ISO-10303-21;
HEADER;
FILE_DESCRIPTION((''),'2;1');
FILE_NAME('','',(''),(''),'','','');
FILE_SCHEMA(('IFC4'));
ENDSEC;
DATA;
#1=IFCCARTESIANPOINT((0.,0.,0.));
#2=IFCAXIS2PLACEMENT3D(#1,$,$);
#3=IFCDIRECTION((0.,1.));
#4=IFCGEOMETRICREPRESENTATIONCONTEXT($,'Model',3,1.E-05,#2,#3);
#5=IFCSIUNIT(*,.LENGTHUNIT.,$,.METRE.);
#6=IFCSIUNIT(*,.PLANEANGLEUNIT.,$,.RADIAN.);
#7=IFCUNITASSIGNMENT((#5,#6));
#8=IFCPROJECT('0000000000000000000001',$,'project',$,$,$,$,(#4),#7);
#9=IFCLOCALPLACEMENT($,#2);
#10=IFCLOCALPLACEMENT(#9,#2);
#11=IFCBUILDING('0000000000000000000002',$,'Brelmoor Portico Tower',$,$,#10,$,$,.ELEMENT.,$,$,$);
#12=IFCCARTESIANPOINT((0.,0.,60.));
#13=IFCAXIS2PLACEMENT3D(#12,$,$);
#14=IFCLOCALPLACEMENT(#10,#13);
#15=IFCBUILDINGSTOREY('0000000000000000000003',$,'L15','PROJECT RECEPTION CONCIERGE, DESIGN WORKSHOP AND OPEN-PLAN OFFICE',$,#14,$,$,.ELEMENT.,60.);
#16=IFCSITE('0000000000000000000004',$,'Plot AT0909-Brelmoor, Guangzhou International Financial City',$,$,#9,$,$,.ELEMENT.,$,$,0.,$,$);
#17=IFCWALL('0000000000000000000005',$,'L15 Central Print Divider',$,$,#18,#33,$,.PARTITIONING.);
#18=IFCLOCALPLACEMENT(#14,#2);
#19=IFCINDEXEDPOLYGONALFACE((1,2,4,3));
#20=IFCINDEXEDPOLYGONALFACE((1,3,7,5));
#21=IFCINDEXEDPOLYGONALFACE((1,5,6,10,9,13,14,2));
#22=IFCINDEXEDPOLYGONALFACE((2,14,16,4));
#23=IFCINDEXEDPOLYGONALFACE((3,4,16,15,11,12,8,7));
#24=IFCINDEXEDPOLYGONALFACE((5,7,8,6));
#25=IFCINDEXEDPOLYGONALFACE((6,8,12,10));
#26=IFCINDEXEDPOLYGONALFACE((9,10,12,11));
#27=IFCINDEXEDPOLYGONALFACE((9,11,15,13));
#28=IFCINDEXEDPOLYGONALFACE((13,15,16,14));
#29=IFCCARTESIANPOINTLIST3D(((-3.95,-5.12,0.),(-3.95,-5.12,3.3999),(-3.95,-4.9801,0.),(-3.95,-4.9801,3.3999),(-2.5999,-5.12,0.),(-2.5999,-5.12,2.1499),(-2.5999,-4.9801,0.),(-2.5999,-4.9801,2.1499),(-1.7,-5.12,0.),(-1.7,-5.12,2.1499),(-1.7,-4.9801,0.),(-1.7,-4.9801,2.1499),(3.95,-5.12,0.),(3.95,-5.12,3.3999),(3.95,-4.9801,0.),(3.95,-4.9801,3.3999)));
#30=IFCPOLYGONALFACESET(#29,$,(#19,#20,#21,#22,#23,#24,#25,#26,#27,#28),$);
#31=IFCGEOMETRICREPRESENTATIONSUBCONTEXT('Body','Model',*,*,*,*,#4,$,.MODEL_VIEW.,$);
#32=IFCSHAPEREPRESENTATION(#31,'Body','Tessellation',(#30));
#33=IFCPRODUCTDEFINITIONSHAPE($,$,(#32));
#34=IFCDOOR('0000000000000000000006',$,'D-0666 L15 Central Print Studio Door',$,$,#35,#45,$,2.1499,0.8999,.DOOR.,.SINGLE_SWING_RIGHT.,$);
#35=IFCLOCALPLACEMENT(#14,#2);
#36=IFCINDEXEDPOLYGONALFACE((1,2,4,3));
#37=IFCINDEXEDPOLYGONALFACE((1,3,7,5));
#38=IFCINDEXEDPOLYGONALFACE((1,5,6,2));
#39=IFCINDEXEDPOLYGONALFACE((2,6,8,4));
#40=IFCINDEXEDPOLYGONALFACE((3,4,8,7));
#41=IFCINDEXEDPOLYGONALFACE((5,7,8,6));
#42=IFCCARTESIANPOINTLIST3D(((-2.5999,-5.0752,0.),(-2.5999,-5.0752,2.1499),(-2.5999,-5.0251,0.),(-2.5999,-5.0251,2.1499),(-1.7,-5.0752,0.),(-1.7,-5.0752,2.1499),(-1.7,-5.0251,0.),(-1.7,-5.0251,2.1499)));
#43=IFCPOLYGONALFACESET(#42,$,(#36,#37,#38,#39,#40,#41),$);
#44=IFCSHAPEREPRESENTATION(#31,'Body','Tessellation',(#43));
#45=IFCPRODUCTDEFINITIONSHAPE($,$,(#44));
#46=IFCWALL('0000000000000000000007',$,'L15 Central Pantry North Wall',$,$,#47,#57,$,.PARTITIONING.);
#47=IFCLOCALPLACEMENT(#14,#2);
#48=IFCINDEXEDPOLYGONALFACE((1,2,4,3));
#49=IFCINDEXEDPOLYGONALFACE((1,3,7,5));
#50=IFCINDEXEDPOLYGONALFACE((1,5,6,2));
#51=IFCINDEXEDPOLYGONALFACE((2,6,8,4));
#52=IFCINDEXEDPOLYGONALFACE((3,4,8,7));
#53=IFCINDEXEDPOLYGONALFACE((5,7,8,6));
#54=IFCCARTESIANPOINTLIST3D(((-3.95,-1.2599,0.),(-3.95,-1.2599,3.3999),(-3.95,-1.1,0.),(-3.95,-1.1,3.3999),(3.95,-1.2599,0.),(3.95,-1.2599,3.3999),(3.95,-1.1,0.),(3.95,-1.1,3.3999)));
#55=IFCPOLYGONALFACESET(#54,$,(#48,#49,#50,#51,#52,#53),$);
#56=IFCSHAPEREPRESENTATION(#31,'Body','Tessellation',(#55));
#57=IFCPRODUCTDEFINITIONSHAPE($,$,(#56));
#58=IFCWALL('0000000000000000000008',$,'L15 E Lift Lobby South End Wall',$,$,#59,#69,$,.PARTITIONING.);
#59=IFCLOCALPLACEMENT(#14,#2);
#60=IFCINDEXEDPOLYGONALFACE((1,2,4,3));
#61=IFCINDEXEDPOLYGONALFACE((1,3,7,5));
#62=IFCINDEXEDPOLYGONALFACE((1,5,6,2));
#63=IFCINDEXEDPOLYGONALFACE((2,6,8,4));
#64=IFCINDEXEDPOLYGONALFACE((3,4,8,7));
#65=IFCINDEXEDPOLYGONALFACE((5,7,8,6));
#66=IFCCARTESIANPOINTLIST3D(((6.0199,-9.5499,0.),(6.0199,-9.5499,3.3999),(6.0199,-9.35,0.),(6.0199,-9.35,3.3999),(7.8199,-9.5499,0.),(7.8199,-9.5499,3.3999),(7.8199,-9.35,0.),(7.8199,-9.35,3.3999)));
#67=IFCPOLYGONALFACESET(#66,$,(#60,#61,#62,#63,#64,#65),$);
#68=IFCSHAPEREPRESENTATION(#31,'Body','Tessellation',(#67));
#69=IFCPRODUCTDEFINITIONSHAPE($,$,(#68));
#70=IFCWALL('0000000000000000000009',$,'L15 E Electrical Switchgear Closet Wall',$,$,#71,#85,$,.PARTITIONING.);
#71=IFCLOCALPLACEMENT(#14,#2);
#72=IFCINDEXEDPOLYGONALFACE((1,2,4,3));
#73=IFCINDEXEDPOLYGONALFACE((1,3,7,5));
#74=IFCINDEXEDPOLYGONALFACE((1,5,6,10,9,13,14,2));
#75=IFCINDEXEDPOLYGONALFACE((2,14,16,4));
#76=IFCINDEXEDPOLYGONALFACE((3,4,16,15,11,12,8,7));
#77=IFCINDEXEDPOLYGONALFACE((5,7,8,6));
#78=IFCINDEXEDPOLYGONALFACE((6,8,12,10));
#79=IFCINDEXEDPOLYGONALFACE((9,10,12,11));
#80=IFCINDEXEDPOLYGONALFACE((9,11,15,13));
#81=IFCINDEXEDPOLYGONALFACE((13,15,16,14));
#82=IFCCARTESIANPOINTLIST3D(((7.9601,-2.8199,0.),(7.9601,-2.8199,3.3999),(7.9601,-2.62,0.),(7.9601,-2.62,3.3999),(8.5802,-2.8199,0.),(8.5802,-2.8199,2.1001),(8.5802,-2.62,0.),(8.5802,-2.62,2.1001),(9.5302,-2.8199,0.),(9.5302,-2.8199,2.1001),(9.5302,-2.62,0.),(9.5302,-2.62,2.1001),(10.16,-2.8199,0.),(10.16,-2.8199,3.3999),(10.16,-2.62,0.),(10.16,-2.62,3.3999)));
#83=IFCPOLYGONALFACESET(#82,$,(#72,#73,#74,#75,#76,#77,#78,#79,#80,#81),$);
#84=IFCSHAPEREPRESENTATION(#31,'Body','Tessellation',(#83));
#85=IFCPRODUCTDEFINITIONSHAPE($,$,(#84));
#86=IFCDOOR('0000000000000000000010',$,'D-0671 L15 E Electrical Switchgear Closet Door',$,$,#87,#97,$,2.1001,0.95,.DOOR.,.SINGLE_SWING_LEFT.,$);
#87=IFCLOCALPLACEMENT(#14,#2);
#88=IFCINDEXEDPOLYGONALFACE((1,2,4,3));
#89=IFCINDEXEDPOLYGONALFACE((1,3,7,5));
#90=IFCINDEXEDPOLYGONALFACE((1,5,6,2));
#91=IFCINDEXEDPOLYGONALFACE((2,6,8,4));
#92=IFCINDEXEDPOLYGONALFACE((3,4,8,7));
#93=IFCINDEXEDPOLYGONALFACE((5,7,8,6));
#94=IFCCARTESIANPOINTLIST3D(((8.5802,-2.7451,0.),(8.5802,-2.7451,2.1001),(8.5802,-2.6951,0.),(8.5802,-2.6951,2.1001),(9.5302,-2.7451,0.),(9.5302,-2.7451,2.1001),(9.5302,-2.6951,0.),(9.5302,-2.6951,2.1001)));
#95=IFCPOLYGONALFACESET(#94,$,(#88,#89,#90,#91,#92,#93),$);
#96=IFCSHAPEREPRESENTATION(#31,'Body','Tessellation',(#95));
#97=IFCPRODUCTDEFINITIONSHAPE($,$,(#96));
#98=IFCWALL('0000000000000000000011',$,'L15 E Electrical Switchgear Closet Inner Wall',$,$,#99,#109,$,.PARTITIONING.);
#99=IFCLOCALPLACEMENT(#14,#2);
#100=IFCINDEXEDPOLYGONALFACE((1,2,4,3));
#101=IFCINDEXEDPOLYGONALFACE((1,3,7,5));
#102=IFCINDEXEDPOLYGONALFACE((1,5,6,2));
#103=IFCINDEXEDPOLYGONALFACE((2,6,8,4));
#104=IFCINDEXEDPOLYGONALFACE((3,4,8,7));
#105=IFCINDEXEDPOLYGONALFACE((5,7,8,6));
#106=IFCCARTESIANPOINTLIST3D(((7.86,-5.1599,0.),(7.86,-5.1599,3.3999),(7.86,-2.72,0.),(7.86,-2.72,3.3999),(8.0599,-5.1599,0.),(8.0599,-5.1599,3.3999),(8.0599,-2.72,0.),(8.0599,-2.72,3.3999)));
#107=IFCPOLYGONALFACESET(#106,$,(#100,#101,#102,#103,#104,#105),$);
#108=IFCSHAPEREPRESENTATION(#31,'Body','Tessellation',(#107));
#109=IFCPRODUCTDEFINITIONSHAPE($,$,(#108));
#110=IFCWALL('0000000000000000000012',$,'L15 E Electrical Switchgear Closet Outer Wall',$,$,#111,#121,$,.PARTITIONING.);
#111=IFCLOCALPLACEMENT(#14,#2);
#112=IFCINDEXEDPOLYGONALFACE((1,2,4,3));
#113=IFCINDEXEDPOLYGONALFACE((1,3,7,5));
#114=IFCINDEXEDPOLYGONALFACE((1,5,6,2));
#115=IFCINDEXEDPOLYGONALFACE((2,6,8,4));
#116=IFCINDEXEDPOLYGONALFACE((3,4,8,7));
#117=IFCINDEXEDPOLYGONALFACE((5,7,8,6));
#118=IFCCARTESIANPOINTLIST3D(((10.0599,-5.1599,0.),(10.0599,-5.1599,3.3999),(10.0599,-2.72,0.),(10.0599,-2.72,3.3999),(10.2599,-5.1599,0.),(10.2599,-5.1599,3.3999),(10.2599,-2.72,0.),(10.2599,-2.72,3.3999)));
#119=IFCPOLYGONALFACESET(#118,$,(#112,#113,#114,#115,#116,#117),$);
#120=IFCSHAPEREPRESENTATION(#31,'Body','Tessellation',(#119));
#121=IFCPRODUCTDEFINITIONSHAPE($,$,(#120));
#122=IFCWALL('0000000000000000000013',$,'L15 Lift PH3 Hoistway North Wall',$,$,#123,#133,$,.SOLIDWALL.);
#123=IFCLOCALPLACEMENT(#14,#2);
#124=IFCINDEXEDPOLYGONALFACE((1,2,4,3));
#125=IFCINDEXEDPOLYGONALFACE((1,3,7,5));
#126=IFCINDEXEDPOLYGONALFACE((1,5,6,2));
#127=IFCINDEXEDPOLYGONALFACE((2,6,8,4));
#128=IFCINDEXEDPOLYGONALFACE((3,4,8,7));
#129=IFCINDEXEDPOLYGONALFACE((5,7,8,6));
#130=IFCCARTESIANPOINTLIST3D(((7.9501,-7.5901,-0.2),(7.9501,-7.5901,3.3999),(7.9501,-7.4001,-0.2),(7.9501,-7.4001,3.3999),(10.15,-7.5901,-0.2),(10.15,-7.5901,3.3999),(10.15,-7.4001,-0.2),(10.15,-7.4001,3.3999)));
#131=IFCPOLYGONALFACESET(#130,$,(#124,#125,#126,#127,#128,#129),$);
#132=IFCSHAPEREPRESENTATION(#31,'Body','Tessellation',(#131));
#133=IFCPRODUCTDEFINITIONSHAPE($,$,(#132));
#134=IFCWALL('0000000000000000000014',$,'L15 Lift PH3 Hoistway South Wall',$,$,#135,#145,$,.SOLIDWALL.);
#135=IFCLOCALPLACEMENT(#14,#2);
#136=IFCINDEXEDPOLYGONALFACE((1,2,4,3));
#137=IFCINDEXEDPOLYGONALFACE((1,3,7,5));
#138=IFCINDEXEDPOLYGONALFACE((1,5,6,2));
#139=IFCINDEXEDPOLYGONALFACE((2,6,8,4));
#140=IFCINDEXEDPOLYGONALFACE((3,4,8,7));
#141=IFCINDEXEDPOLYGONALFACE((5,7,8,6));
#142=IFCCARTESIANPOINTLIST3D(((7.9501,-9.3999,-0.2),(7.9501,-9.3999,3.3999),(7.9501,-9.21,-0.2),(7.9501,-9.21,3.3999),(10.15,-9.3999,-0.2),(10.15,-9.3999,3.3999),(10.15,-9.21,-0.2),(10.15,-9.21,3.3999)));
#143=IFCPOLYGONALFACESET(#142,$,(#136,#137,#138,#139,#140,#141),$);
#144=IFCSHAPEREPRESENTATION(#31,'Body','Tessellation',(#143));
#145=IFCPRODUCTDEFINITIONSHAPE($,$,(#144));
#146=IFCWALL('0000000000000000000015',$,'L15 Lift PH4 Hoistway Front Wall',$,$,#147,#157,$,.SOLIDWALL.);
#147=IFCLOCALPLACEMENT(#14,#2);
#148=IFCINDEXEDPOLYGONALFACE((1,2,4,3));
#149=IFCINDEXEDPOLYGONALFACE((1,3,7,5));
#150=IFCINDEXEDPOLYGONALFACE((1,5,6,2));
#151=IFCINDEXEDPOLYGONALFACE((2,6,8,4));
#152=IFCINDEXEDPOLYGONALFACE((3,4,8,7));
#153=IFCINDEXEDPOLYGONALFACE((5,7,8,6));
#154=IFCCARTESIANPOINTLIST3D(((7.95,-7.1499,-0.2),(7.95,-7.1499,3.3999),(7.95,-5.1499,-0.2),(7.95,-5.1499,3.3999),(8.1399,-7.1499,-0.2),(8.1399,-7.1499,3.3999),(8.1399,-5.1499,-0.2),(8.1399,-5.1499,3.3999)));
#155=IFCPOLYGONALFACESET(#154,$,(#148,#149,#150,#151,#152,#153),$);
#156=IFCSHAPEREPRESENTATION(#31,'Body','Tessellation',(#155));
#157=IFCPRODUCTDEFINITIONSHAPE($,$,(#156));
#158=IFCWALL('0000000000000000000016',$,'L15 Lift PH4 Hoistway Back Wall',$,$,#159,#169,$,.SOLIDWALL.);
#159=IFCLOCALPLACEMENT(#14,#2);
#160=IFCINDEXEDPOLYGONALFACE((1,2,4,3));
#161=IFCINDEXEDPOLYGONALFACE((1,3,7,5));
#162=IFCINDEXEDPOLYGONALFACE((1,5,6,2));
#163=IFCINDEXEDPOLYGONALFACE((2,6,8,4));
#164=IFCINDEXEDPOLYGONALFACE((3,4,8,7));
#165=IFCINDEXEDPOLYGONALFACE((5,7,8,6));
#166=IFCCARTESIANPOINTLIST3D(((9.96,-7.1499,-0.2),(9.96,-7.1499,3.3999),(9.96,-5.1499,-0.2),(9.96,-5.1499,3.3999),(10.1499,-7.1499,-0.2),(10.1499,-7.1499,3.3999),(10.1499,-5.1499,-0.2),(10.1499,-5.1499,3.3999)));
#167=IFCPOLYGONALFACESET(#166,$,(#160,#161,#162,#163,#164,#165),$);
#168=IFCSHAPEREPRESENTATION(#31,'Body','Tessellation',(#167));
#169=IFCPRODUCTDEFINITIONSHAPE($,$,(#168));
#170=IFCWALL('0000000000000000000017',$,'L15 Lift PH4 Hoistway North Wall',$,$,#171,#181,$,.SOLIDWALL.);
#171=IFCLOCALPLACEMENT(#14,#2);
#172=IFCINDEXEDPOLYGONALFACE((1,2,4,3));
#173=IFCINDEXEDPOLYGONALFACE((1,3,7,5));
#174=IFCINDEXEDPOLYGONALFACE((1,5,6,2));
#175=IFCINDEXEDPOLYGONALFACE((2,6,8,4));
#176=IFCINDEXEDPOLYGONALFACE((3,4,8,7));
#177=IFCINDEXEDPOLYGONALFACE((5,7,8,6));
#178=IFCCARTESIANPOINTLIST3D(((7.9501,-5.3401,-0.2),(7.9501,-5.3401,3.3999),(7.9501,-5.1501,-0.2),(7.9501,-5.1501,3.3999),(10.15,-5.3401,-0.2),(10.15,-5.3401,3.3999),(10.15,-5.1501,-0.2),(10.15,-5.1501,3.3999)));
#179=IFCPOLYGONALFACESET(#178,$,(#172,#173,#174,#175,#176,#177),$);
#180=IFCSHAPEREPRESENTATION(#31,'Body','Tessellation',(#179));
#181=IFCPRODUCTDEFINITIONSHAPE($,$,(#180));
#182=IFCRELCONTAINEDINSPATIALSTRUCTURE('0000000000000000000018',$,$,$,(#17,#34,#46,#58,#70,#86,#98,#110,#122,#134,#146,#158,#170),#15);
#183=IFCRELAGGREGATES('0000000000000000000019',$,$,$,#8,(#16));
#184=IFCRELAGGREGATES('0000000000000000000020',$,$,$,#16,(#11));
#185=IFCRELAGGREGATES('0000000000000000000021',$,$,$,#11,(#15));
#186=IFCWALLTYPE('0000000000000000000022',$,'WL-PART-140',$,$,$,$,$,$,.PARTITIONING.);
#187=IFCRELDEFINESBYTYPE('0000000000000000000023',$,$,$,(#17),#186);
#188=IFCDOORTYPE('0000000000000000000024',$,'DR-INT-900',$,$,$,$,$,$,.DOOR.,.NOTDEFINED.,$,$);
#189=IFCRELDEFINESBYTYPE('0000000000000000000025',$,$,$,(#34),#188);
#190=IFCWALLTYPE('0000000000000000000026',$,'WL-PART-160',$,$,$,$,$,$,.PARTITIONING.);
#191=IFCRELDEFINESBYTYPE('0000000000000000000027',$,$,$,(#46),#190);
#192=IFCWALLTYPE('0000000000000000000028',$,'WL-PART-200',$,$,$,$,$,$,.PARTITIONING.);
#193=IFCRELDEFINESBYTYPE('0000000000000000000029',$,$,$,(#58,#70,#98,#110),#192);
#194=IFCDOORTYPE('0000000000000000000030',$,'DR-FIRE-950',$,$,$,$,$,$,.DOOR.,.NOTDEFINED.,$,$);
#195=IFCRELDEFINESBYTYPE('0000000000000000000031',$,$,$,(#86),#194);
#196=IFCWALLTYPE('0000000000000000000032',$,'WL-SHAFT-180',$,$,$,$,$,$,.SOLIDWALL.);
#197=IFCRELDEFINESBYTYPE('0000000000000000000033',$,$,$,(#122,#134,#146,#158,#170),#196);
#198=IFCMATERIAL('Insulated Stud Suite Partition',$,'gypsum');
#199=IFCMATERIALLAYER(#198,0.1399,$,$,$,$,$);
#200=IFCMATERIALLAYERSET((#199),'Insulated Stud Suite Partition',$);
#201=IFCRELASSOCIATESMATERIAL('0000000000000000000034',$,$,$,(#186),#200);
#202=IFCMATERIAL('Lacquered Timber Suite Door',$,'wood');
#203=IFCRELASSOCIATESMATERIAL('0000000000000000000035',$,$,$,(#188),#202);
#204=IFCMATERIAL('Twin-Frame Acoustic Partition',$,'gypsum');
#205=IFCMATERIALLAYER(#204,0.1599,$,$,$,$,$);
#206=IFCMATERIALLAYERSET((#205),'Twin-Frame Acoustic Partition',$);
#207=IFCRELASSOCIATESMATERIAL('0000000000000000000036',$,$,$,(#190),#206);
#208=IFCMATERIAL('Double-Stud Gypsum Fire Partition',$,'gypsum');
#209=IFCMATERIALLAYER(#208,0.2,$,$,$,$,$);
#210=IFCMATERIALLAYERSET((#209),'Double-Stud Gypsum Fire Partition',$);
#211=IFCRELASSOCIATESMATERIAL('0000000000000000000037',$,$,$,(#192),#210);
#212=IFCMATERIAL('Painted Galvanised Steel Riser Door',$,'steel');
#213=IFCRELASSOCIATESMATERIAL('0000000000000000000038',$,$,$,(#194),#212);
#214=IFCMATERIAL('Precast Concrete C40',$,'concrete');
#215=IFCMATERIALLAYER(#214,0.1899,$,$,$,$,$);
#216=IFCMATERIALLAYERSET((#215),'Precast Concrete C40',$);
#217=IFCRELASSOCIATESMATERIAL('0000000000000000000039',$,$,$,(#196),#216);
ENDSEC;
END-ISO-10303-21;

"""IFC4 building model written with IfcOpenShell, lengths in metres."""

from ifc_helpers import new_model, si_unit, direction, frame, frame_2d, origin, place, context, subcontext, project, spatial, rectangle, extrude, material, layer, layer_set, type_object, element, fill, save


model = new_model("IFC4")

# Units and contexts
model_context = context("Model", 3, precision=1e-05, world=origin(), true_north=direction((0.0, 1.0)))
body_context = subcontext(model_context, "Body", "Model", "MODEL_VIEW")
ifc_project = project(units=[si_unit("LENGTHUNIT", "METRE"), si_unit("PLANEANGLEUNIT", "RADIAN")], contexts=[model_context])

# Site, building, storey
site_placement = place(None, origin())
site = spatial("IfcSite", under=ifc_project, at=site_placement, Name="Plot AT0909-Brelmoor, Guangzhou International Financial City", CompositionType="ELEMENT", RefElevation=0.0)
building_placement = place(site_placement, origin())
building = spatial("IfcBuilding", under=site, at=building_placement, Name="Brelmoor Portico Tower", CompositionType="ELEMENT")
storey_placement = place(building_placement, frame((0.0, 0.0, 60.0)))
storey = spatial("IfcBuildingStorey", under=building, at=storey_placement, Name="L15", Description="PROJECT RECEPTION CONCIERGE, DESIGN WORKSHOP AND OPEN-PLAN OFFICE", CompositionType="ELEMENT", Elevation=60.0)

# Wall, opening, door
ifc_material_1 = material(Name="Insulated Stud Suite Partition", Category="gypsum")
ifc_layer_1 = layer(ifc_material_1, 0.1399)
ifc_layer_set_1 = layer_set([ifc_layer_1], Name="Insulated Stud Suite Partition")
wall_type_1 = type_object("IfcWallType", Name="WL-PART-140", PredefinedType="PARTITIONING", material=ifc_layer_set_1)
wall_1_placement = place(storey_placement, frame((-3.95, -5.05, 0.0), z_axis=(0.0, 0.0, 1.0), x_axis=(1.0, 0.0, 0.0)))
wall_1 = element("IfcWall", 1, at=wall_1_placement, inside=storey, type_object=wall_type_1, Name="L15 Central Print Divider", PredefinedType="PARTITIONING", context=body_context, shape_type="SweptSolid", body=[
    extrude(rectangle(XDim=7.8999, YDim=0.1399, at=frame_2d((3.95, 0.0))), origin(), (0.0, 0.0, 1.0), 3.3999),
])
opening_1_placement = place(wall_1_placement, frame((1.3501, 0.0, 0.0)))
opening_1 = element("IfcOpeningElement", 2, at=opening_1_placement, cuts=wall_1, PredefinedType="OPENING", context=body_context, shape_type="SweptSolid", body=[
    extrude(rectangle(XDim=0.8999, YDim=2.1499, at=frame_2d((0.45, 1.075))), frame((0.0, 0.0798, 0.0), z_axis=(0.0, -1.0, 0.0), x_axis=(1.0, 0.0, 0.0)), (0.0, 0.0, 1.0), 0.1599),
])
ifc_material_2 = material(Name="Lacquered Timber Suite Door", Category="wood")
door_type_1 = type_object("IfcDoorType", Name="DR-INT-900", OperationType="NOTDEFINED", PredefinedType="DOOR", material=ifc_material_2)
door_1_placement = place(opening_1_placement, origin())
door_1 = element("IfcDoor", 3, at=door_1_placement, inside=storey, type_object=door_type_1, Name="D-0666 L15 Central Print Studio Door", OperationType="SINGLE_SWING_RIGHT", OverallHeight=2.1499, OverallWidth=0.8999, PredefinedType="DOOR", context=body_context, shape_type="SweptSolid", body=[
    extrude(rectangle(XDim=0.8999, YDim=2.1499, at=frame_2d((0.45, 1.075))), frame((0.0, 0.0249, 0.0), z_axis=(0.0, -1.0, 0.0), x_axis=(1.0, 0.0, 0.0)), (0.0, 0.0, 1.0), 0.05),
])
fill(opening_1, door_1)

# Walls
ifc_material_3 = material(Name="Twin-Frame Acoustic Partition", Category="gypsum")
ifc_layer_2 = layer(ifc_material_3, 0.1599)
ifc_layer_set_2 = layer_set([ifc_layer_2], Name="Twin-Frame Acoustic Partition")
wall_type_2 = type_object("IfcWallType", Name="WL-PART-160", PredefinedType="PARTITIONING", material=ifc_layer_set_2)
wall_2_placement = place(storey_placement, frame((-3.95, -1.1799, 0.0), z_axis=(0.0, 0.0, 1.0), x_axis=(1.0, 0.0, 0.0)))
element("IfcWall", 4, at=wall_2_placement, inside=storey, type_object=wall_type_2, Name="L15 Central Pantry North Wall", PredefinedType="PARTITIONING", context=body_context, shape_type="SweptSolid", body=[
    extrude(rectangle(XDim=7.8999, YDim=0.1599, at=frame_2d((3.95, 0.0))), origin(), (0.0, 0.0, 1.0), 3.3999),
])
ifc_material_4 = material(Name="Double-Stud Gypsum Fire Partition", Category="gypsum")
ifc_layer_3 = layer(ifc_material_4, 0.2)
ifc_layer_set_3 = layer_set([ifc_layer_3], Name="Double-Stud Gypsum Fire Partition")
wall_type_3 = type_object("IfcWallType", Name="WL-PART-200", PredefinedType="PARTITIONING", material=ifc_layer_set_3)
wall_3_placement = place(storey_placement, frame((6.02, -9.45, 0.0), z_axis=(0.0, 0.0, 1.0), x_axis=(1.0, 0.0, 0.0)))
element("IfcWall", 5, at=wall_3_placement, inside=storey, type_object=wall_type_3, Name="L15 E Lift Lobby South End Wall", PredefinedType="PARTITIONING", context=body_context, shape_type="SweptSolid", body=[
    extrude(rectangle(XDim=1.8, YDim=0.2, at=frame_2d((0.8999, 0.0))), origin(), (0.0, 0.0, 1.0), 3.3999),
])

# Wall, opening, door
wall_4_placement = place(storey_placement, frame((7.96, -2.72, 0.0), z_axis=(0.0, 0.0, 1.0), x_axis=(1.0, 0.0, 0.0)))
wall_4 = element("IfcWall", 6, at=wall_4_placement, inside=storey, type_object=wall_type_3, Name="L15 E Electrical Switchgear Closet Wall", PredefinedType="PARTITIONING", context=body_context, shape_type="SweptSolid", body=[
    extrude(rectangle(XDim=2.2, YDim=0.2, at=frame_2d((1.1001, 0.0))), origin(), (0.0, 0.0, 1.0), 3.3999),
])
opening_2_placement = place(wall_4_placement, frame((0.6201, 0.0, 0.0)))
opening_2 = element("IfcOpeningElement", 7, at=opening_2_placement, cuts=wall_4, PredefinedType="OPENING", context=body_context, shape_type="SweptSolid", body=[
    extrude(rectangle(XDim=0.95, YDim=2.1001, at=frame_2d((0.4751, 1.05))), frame((0.0, 0.1099, 0.0), z_axis=(0.0, -1.0, 0.0), x_axis=(1.0, 0.0, 0.0)), (0.0, 0.0, 1.0), 0.22),
])
ifc_material_5 = material(Name="Painted Galvanised Steel Riser Door", Category="steel")
door_type_2 = type_object("IfcDoorType", Name="DR-FIRE-950", OperationType="NOTDEFINED", PredefinedType="DOOR", material=ifc_material_5)
door_2_placement = place(opening_2_placement, origin())
door_2 = element("IfcDoor", 8, at=door_2_placement, inside=storey, type_object=door_type_2, Name="D-0671 L15 E Electrical Switchgear Closet Door", OperationType="SINGLE_SWING_LEFT", OverallHeight=2.1001, OverallWidth=0.95, PredefinedType="DOOR", context=body_context, shape_type="SweptSolid", body=[
    extrude(rectangle(XDim=0.95, YDim=2.1001, at=frame_2d((0.4751, 1.05))), frame((0.0, 0.0249, 0.0), z_axis=(0.0, -1.0, 0.0), x_axis=(1.0, 0.0, 0.0)), (0.0, 0.0, 1.0), 0.05),
])
fill(opening_2, door_2)

# Walls
for number, where, z_axis, x_axis, name in (
    (9, (7.96, -5.1599, 0.0), (0.0, 0.0, 1.0), (0.0, 1.0, 0.0), "L15 E Electrical Switchgear Closet Inner Wall"),
    (10, (10.1599, -5.1599, 0.0), (0.0, 0.0, 1.0), (0.0, 1.0, 0.0), "L15 E Electrical Switchgear Closet Outer Wall"),
):
    element("IfcWall", number, at=place(storey_placement, frame(where, z_axis=z_axis, x_axis=x_axis)), inside=storey, type_object=wall_type_3, Name=name, PredefinedType="PARTITIONING", context=body_context, shape_type="SweptSolid", body=[
        extrude(rectangle(XDim=2.4399, YDim=0.2, at=frame_2d((1.22, 0.0))), origin(), (0.0, 0.0, 1.0), 3.3999),
    ])
ifc_material_6 = material(Name="Precast Concrete C40", Category="concrete")
ifc_layer_4 = layer(ifc_material_6, 0.1899)
ifc_layer_set_4 = layer_set([ifc_layer_4], Name="Precast Concrete C40")
wall_type_4 = type_object("IfcWallType", Name="WL-SHAFT-180", PredefinedType="SOLIDWALL", material=ifc_layer_set_4)
for number, where, z_axis, x_axis, name in (
    (11, (7.95, -7.4951, -0.2), (0.0, 0.0, 1.0), (1.0, 0.0, 0.0), "L15 Lift PH3 Hoistway North Wall"),
    (12, (7.95, -9.3049, -0.2), (0.0, 0.0, 1.0), (1.0, 0.0, 0.0), "L15 Lift PH3 Hoistway South Wall"),
):
    element("IfcWall", number, at=place(storey_placement, frame(where, z_axis=z_axis, x_axis=x_axis)), inside=storey, type_object=wall_type_4, Name=name, PredefinedType="SOLIDWALL", context=body_context, shape_type="SweptSolid", body=[
        extrude(rectangle(XDim=2.2, YDim=0.1899, at=frame_2d((1.1001, 0.0))), origin(), (0.0, 0.0, 1.0), 3.5999),
    ])
for number, where, z_axis, x_axis, name in (
    (13, (8.0449, -7.1499, -0.2), (0.0, 0.0, 1.0), (0.0, 1.0, 0.0), "L15 Lift PH4 Hoistway Front Wall"),
    (14, (10.0549, -7.1499, -0.2), (0.0, 0.0, 1.0), (0.0, 1.0, 0.0), "L15 Lift PH4 Hoistway Back Wall"),
):
    element("IfcWall", number, at=place(storey_placement, frame(where, z_axis=z_axis, x_axis=x_axis)), inside=storey, type_object=wall_type_4, Name=name, PredefinedType="SOLIDWALL", context=body_context, shape_type="SweptSolid", body=[
        extrude(rectangle(XDim=2.0, YDim=0.1899, at=frame_2d((1.0, 0.0))), origin(), (0.0, 0.0, 1.0), 3.5999),
    ])
for number, where, z_axis, x_axis, name in (
    (15, (7.95, -5.2451, -0.2), (0.0, 0.0, 1.0), (1.0, 0.0, 0.0), "L15 Lift PH4 Hoistway North Wall"),
):
    element("IfcWall", number, at=place(storey_placement, frame(where, z_axis=z_axis, x_axis=x_axis)), inside=storey, type_object=wall_type_4, Name=name, PredefinedType="SOLIDWALL", context=body_context, shape_type="SweptSolid", body=[
        extrude(rectangle(XDim=2.2, YDim=0.1899, at=frame_2d((1.1001, 0.0))), origin(), (0.0, 0.0, 1.0), 3.5999),
    ])

save(model, "model.ifc")
